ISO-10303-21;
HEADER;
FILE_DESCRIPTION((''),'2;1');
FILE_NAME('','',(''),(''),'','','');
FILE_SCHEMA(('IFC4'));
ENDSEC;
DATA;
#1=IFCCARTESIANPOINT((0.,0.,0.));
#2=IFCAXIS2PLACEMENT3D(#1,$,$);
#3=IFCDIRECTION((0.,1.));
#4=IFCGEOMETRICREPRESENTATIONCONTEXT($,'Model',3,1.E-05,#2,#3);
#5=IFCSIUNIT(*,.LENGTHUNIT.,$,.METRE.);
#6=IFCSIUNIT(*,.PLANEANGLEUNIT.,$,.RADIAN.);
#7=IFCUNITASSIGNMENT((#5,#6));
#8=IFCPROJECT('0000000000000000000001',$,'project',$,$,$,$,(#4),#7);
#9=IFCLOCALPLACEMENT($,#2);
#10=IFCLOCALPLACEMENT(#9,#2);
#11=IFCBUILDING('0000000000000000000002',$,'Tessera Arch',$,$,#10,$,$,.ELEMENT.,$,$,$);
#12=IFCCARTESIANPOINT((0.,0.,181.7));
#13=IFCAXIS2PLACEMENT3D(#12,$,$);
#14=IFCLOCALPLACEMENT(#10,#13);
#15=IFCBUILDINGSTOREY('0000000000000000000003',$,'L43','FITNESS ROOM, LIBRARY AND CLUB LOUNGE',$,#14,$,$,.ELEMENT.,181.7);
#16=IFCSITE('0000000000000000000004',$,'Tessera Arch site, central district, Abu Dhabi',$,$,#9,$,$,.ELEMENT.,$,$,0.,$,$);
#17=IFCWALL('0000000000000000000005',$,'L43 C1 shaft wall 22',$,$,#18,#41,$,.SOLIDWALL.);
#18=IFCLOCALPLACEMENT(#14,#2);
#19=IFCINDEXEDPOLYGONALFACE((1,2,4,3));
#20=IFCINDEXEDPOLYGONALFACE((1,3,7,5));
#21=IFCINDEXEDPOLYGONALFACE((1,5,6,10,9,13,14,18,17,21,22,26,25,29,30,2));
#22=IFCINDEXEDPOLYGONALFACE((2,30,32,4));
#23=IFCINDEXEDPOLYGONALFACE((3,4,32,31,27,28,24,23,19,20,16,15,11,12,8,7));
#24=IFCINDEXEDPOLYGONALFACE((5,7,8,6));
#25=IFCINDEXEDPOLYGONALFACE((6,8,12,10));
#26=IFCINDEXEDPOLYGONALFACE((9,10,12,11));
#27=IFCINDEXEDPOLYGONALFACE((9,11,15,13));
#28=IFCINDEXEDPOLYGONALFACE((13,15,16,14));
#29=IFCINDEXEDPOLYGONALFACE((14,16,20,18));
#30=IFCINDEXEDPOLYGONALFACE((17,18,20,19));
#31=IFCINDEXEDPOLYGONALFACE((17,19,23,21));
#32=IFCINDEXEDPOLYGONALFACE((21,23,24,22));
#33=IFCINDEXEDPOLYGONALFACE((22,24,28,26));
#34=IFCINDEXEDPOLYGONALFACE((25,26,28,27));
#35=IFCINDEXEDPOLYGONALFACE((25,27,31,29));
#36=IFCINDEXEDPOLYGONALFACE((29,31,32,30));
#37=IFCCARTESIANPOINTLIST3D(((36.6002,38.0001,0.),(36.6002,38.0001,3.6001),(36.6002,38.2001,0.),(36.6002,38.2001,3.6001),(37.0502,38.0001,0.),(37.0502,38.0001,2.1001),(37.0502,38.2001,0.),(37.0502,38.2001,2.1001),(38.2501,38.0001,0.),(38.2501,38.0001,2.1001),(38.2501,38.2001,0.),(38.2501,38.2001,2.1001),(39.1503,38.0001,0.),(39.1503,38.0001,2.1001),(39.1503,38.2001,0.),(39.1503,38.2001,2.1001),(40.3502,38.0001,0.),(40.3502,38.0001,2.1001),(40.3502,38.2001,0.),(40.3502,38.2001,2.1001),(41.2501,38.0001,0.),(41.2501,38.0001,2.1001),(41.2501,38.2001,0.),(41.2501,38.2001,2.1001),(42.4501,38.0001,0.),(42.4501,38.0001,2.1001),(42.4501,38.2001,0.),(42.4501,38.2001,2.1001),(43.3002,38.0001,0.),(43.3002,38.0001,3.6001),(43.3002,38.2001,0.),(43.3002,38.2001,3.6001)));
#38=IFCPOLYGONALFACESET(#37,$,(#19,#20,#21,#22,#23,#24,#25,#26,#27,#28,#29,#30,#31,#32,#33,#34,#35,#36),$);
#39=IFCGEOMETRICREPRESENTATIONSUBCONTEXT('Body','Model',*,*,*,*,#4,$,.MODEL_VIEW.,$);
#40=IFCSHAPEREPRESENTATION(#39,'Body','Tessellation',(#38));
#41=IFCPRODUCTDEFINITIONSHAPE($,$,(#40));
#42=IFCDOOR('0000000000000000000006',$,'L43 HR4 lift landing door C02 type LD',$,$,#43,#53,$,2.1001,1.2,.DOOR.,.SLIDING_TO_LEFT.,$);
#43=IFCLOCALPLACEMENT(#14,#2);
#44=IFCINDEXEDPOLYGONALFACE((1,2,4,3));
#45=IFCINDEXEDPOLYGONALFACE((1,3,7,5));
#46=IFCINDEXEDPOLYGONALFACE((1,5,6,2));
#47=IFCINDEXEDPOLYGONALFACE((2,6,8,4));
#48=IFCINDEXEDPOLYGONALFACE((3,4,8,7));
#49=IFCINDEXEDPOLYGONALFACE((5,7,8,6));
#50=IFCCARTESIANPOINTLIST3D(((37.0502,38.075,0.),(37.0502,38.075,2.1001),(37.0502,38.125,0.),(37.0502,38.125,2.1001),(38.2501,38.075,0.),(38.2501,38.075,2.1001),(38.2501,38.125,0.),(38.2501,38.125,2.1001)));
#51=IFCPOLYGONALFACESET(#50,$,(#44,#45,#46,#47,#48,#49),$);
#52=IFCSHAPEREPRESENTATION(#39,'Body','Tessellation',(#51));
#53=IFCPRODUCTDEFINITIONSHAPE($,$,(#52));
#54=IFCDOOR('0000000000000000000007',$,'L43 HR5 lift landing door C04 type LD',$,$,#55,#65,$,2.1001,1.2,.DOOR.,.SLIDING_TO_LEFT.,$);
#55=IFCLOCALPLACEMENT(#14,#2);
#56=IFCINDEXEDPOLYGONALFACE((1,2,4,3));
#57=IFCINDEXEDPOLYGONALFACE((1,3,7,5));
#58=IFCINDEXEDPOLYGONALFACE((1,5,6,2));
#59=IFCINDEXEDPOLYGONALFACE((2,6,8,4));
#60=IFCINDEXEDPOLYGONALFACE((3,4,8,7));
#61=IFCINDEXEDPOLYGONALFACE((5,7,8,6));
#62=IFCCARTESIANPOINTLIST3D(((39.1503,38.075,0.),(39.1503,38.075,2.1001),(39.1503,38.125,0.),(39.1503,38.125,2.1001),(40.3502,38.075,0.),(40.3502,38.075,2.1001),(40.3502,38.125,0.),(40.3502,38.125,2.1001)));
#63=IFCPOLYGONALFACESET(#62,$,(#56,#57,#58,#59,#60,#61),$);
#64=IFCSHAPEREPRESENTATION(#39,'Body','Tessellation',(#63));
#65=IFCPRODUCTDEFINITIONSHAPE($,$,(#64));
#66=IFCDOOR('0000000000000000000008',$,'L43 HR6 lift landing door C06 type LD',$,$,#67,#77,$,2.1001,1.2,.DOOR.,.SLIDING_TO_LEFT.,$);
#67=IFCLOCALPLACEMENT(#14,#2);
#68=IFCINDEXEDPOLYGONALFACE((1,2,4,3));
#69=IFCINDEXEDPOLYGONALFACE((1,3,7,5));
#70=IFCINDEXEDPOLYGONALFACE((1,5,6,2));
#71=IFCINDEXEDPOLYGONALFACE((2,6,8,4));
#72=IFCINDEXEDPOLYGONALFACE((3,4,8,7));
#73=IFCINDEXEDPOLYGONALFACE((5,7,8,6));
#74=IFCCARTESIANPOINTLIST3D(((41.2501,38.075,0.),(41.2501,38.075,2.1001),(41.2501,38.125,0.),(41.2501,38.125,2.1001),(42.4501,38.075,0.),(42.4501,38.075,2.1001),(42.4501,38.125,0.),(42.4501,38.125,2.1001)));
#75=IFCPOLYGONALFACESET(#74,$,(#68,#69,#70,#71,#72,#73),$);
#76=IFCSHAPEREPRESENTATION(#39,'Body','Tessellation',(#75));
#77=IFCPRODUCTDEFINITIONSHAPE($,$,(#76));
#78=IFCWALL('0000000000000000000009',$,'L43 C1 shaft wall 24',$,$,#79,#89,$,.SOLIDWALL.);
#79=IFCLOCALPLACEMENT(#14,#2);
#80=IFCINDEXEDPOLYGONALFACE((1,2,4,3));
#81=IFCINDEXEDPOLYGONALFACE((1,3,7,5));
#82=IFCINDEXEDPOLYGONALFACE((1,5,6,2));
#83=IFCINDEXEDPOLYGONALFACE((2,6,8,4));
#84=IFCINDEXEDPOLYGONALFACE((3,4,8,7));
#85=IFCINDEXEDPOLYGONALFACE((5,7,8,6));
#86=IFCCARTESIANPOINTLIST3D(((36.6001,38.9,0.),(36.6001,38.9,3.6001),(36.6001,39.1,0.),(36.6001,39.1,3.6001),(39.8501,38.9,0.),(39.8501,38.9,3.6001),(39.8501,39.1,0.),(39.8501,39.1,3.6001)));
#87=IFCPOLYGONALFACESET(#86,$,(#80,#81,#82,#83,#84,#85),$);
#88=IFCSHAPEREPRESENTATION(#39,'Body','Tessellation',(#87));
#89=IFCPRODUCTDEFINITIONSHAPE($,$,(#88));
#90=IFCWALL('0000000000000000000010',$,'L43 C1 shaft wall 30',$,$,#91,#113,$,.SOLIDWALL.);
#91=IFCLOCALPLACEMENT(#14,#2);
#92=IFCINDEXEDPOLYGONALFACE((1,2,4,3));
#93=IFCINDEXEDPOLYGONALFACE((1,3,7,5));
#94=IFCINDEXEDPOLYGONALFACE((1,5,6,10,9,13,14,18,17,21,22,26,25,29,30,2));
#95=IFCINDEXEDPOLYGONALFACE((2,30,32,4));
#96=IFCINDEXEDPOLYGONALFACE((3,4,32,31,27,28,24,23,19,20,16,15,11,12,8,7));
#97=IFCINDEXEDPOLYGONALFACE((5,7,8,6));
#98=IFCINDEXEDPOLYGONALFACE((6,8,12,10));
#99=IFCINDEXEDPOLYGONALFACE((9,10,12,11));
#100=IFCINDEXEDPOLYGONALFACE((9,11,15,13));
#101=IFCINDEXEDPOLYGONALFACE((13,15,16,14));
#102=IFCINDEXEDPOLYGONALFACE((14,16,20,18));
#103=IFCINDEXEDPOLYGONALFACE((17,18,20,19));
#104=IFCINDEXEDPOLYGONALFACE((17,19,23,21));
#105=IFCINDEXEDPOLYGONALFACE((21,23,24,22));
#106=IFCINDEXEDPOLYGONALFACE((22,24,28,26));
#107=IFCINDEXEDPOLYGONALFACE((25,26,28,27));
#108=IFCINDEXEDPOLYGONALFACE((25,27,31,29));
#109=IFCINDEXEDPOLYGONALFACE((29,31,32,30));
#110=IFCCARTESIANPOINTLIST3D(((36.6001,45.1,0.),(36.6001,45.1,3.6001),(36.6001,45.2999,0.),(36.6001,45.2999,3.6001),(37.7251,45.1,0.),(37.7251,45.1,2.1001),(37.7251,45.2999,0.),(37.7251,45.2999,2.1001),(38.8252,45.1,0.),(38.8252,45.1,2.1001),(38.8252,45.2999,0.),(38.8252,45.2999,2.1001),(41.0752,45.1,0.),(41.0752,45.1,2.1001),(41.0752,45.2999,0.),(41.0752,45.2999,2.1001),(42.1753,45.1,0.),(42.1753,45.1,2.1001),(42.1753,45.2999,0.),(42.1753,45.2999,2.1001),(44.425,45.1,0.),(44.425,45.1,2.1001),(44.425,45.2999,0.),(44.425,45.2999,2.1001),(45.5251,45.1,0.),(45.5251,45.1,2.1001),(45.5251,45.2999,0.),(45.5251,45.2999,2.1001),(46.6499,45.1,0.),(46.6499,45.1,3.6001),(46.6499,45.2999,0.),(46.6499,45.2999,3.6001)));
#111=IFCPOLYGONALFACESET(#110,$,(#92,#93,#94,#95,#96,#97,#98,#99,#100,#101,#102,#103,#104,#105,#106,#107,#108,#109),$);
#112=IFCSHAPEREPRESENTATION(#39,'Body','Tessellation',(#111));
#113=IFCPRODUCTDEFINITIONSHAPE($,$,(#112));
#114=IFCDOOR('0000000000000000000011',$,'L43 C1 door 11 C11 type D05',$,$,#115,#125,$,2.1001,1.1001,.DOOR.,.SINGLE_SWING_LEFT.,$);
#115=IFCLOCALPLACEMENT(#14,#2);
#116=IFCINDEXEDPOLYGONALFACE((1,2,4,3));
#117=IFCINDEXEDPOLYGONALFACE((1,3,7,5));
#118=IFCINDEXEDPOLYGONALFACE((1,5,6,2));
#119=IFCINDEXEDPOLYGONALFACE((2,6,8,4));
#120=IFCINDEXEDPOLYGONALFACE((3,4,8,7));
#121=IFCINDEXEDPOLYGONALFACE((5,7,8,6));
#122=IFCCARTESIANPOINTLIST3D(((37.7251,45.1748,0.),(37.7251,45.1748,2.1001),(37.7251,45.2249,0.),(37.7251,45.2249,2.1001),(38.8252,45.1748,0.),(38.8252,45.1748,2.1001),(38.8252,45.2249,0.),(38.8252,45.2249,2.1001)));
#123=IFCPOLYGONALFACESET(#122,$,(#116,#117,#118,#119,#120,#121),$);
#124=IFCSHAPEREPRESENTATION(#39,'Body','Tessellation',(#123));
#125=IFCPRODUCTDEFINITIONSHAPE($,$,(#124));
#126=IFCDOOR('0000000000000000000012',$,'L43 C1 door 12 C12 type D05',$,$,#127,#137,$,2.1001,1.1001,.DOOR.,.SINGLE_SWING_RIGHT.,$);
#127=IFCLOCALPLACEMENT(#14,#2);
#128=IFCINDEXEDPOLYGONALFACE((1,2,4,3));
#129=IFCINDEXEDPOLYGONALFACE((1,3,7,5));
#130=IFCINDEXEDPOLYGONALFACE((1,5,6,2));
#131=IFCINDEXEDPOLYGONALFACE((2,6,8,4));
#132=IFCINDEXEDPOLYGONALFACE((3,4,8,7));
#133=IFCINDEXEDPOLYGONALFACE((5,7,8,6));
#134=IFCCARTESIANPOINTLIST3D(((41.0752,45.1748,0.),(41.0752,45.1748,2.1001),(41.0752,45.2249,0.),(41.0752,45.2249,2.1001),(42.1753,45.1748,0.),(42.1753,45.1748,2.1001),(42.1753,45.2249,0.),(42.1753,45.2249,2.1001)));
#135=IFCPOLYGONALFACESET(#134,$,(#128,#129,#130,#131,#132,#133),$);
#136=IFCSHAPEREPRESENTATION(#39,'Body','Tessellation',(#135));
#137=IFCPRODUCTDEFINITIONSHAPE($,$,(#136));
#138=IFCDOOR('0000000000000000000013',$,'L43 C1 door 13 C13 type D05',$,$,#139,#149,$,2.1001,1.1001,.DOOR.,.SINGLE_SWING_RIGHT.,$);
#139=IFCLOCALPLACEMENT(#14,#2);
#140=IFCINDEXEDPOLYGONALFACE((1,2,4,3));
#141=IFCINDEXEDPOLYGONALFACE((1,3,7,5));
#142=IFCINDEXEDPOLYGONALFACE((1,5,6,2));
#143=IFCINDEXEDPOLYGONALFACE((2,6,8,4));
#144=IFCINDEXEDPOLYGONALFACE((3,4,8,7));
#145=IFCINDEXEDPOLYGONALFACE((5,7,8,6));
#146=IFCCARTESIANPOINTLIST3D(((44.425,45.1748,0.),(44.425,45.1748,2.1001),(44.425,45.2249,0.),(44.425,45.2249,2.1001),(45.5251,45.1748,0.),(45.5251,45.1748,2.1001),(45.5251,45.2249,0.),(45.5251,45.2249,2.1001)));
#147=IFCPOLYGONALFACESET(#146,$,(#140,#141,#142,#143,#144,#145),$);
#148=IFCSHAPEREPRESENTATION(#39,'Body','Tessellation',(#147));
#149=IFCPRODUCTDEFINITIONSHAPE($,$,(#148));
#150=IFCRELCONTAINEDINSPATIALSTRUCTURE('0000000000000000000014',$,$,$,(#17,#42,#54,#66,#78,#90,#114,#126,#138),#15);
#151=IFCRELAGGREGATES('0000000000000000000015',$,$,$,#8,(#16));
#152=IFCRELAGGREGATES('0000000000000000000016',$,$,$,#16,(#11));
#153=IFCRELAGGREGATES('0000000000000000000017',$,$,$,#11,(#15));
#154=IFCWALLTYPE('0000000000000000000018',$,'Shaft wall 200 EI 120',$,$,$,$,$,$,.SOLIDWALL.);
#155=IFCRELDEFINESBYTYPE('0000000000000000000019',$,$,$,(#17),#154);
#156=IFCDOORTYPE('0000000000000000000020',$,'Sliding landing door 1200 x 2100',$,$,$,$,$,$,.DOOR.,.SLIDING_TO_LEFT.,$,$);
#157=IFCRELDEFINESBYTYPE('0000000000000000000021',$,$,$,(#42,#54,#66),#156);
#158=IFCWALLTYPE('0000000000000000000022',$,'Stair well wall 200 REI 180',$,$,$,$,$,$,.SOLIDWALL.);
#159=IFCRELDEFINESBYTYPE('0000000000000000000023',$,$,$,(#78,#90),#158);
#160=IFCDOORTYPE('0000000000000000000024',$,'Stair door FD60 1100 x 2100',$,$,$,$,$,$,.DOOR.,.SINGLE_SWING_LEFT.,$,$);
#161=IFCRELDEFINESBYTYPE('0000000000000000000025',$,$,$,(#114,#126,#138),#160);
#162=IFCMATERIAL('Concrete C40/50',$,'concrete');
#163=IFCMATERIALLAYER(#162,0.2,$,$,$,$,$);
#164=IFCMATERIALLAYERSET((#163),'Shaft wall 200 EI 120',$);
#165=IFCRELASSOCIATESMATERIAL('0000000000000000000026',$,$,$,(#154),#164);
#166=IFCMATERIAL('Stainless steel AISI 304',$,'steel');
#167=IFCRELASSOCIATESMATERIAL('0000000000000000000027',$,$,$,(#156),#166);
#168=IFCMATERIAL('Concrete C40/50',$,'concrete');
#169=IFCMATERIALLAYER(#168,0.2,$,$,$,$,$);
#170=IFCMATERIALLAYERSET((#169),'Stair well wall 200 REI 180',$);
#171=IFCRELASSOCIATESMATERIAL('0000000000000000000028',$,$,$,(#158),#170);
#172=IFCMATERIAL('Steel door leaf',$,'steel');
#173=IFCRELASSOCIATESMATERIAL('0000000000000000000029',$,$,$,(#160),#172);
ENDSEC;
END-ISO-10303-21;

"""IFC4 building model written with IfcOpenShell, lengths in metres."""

from ifc_helpers import new_model, si_unit, direction, frame, frame_2d, origin, place, context, subcontext, project, spatial, rectangle, extrude, material, layer, layer_set, type_object, element, fill, save


model = new_model("IFC4")

# Units and contexts
model_context = context("Model", 3, precision=1e-05, world=origin(), true_north=direction((0.0, 1.0)))
body_context = subcontext(model_context, "Body", "Model", "MODEL_VIEW")
ifc_project = project(units=[si_unit("LENGTHUNIT", "METRE"), si_unit("PLANEANGLEUNIT", "RADIAN")], contexts=[model_context])

# Site, building, storey
site_placement = place(None, origin())
site = spatial("IfcSite", under=ifc_project, at=site_placement, Name="Tessera Arch site, central district, Abu Dhabi", CompositionType="ELEMENT", RefElevation=0.0)
building_placement = place(site_placement, origin())
building = spatial("IfcBuilding", under=site, at=building_placement, Name="Tessera Arch", CompositionType="ELEMENT")
storey_placement = place(building_placement, frame((0.0, 0.0, 181.7)))
storey = spatial("IfcBuildingStorey", under=building, at=storey_placement, Name="L43", Description="FITNESS ROOM, LIBRARY AND CLUB LOUNGE", CompositionType="ELEMENT", Elevation=181.7)

# Wall, openings, doors
ifc_material_1 = material(Name="Concrete C40/50", Category="concrete")
ifc_layer_1 = layer(ifc_material_1, 0.2)
ifc_layer_set_1 = layer_set([ifc_layer_1], Name="Shaft wall 200 EI 120")
wall_type_1 = type_object("IfcWallType", Name="Shaft wall 200 EI 120", PredefinedType="SOLIDWALL", material=ifc_layer_set_1)
wall_1_placement = place(storey_placement, frame((36.6001, 38.1001, 0.0), z_axis=(0.0, 0.0, 1.0), x_axis=(1.0, 0.0, 0.0)))
wall_1 = element("IfcWall", 1, at=wall_1_placement, inside=storey, type_object=wall_type_1, Name="L43 C1 shaft wall 22", PredefinedType="SOLIDWALL", context=body_context, shape_type="SweptSolid", body=[
    extrude(rectangle(XDim=6.7, YDim=0.2, at=frame_2d((3.3501, 0.0))), origin(), (0.0, 0.0, 1.0), 3.6001),
])
opening_1_placement = place(wall_1_placement, frame((0.45, 0.0, 0.0)))
opening_1 = element("IfcOpeningElement", 2, at=opening_1_placement, cuts=wall_1, PredefinedType="OPENING", context=body_context, shape_type="SweptSolid", body=[
    extrude(rectangle(XDim=1.2, YDim=2.1001, at=frame_2d((0.6001, 1.05))), frame((0.0, 0.1099, 0.0), z_axis=(0.0, -1.0, 0.0), x_axis=(1.0, 0.0, 0.0)), (0.0, 0.0, 1.0), 0.22),
])
opening_2_placement = place(wall_1_placement, frame((2.55, 0.0, 0.0)))
opening_2 = element("IfcOpeningElement", 3, at=opening_2_placement, cuts=wall_1, PredefinedType="OPENING", context=body_context, shape_type="SweptSolid", body=[
    extrude(rectangle(XDim=1.2, YDim=2.1001, at=frame_2d((0.6001, 1.05))), frame((0.0, 0.1099, 0.0), z_axis=(0.0, -1.0, 0.0), x_axis=(1.0, 0.0, 0.0)), (0.0, 0.0, 1.0), 0.22),
])
opening_3_placement = place(wall_1_placement, frame((4.6499, 0.0, 0.0)))
opening_3 = element("IfcOpeningElement", 4, at=opening_3_placement, cuts=wall_1, PredefinedType="OPENING", context=body_context, shape_type="SweptSolid", body=[
    extrude(rectangle(XDim=1.2, YDim=2.1001, at=frame_2d((0.6001, 1.05))), frame((0.0, 0.1099, 0.0), z_axis=(0.0, -1.0, 0.0), x_axis=(1.0, 0.0, 0.0)), (0.0, 0.0, 1.0), 0.22),
])
ifc_material_2 = material(Name="Stainless steel AISI 304", Category="steel")
door_type_1 = type_object("IfcDoorType", Name="Sliding landing door 1200 x 2100", OperationType="SLIDING_TO_LEFT", PredefinedType="DOOR", material=ifc_material_2)
door_1_placement = place(opening_1_placement, origin())
door_1 = element("IfcDoor", 5, at=door_1_placement, inside=storey, type_object=door_type_1, Name="L43 HR4 lift landing door C02 type LD", OperationType="SLIDING_TO_LEFT", OverallHeight=2.1001, OverallWidth=1.2, PredefinedType="DOOR", context=body_context, shape_type="SweptSolid", body=[
    extrude(rectangle(XDim=1.2, YDim=2.1001, at=frame_2d((0.6001, 1.05))), frame((0.0, 0.0249, 0.0), z_axis=(0.0, -1.0, 0.0), x_axis=(1.0, 0.0, 0.0)), (0.0, 0.0, 1.0), 0.05),
])
fill(opening_1, door_1)
door_2_placement = place(opening_2_placement, origin())
door_2 = element("IfcDoor", 6, at=door_2_placement, inside=storey, type_object=door_type_1, Name="L43 HR5 lift landing door C04 type LD", OperationType="SLIDING_TO_LEFT", OverallHeight=2.1001, OverallWidth=1.2, PredefinedType="DOOR", context=body_context, shape_type="SweptSolid", body=[
    extrude(rectangle(XDim=1.2, YDim=2.1001, at=frame_2d((0.6001, 1.05))), frame((0.0, 0.0249, 0.0), z_axis=(0.0, -1.0, 0.0), x_axis=(1.0, 0.0, 0.0)), (0.0, 0.0, 1.0), 0.05),
])
fill(opening_2, door_2)
door_3_placement = place(opening_3_placement, origin())
door_3 = element("IfcDoor", 7, at=door_3_placement, inside=storey, type_object=door_type_1, Name="L43 HR6 lift landing door C06 type LD", OperationType="SLIDING_TO_LEFT", OverallHeight=2.1001, OverallWidth=1.2, PredefinedType="DOOR", context=body_context, shape_type="SweptSolid", body=[
    extrude(rectangle(XDim=1.2, YDim=2.1001, at=frame_2d((0.6001, 1.05))), frame((0.0, 0.0249, 0.0), z_axis=(0.0, -1.0, 0.0), x_axis=(1.0, 0.0, 0.0)), (0.0, 0.0, 1.0), 0.05),
])
fill(opening_3, door_3)

# Wall
ifc_material_3 = material(Name="Concrete C40/50", Category="concrete")
ifc_layer_2 = layer(ifc_material_3, 0.2)
ifc_layer_set_2 = layer_set([ifc_layer_2], Name="Stair well wall 200 REI 180")
wall_type_2 = type_object("IfcWallType", Name="Stair well wall 200 REI 180", PredefinedType="SOLIDWALL", material=ifc_layer_set_2)
wall_2_placement = place(storey_placement, frame((36.6001, 39.0, 0.0), z_axis=(0.0, 0.0, 1.0), x_axis=(1.0, 0.0, 0.0)))
element("IfcWall", 8, at=wall_2_placement, inside=storey, type_object=wall_type_2, Name="L43 C1 shaft wall 24", PredefinedType="SOLIDWALL", context=body_context, shape_type="SweptSolid", body=[
    extrude(rectangle(XDim=3.25, YDim=0.2, at=frame_2d((1.625, 0.0))), origin(), (0.0, 0.0, 1.0), 3.6001),
])

# Wall, openings, doors
wall_3_placement = place(storey_placement, frame((36.6001, 45.2, 0.0), z_axis=(0.0, 0.0, 1.0), x_axis=(1.0, 0.0, 0.0)))
wall_3 = element("IfcWall", 9, at=wall_3_placement, inside=storey, type_object=wall_type_2, Name="L43 C1 shaft wall 30", PredefinedType="SOLIDWALL", context=body_context, shape_type="SweptSolid", body=[
    extrude(rectangle(XDim=10.0498, YDim=0.2, at=frame_2d((5.0249, 0.0))), origin(), (0.0, 0.0, 1.0), 3.6001),
])
opening_4_placement = place(wall_3_placement, frame((1.125, 0.0, 0.0)))
opening_4 = element("IfcOpeningElement", 10, at=opening_4_placement, cuts=wall_3, PredefinedType="OPENING", context=body_context, shape_type="SweptSolid", body=[
    extrude(rectangle(XDim=1.1001, YDim=2.1001, at=frame_2d((0.55, 1.05))), frame((0.0, 0.1099, 0.0), z_axis=(0.0, -1.0, 0.0), x_axis=(1.0, 0.0, 0.0)), (0.0, 0.0, 1.0), 0.22),
])
opening_5_placement = place(wall_3_placement, frame((4.4751, 0.0, 0.0)))
opening_5 = element("IfcOpeningElement", 11, at=opening_5_placement, cuts=wall_3, PredefinedType="OPENING", context=body_context, shape_type="SweptSolid", body=[
    extrude(rectangle(XDim=1.1001, YDim=2.1001, at=frame_2d((0.55, 1.05))), frame((0.0, 0.1099, 0.0), z_axis=(0.0, -1.0, 0.0), x_axis=(1.0, 0.0, 0.0)), (0.0, 0.0, 1.0), 0.22),
])
opening_6_placement = place(wall_3_placement, frame((7.825, 0.0, 0.0)))
opening_6 = element("IfcOpeningElement", 12, at=opening_6_placement, cuts=wall_3, PredefinedType="OPENING", context=body_context, shape_type="SweptSolid", body=[
    extrude(rectangle(XDim=1.1001, YDim=2.1001, at=frame_2d((0.55, 1.05))), frame((0.0, 0.1099, 0.0), z_axis=(0.0, -1.0, 0.0), x_axis=(1.0, 0.0, 0.0)), (0.0, 0.0, 1.0), 0.22),
])
ifc_material_4 = material(Name="Steel door leaf", Category="steel")
door_type_2 = type_object("IfcDoorType", Name="Stair door FD60 1100 x 2100", OperationType="SINGLE_SWING_LEFT", PredefinedType="DOOR", material=ifc_material_4)
door_4_placement = place(opening_4_placement, origin())
door_4 = element("IfcDoor", 13, at=door_4_placement, inside=storey, type_object=door_type_2, Name="L43 C1 door 11 C11 type D05", OperationType="SINGLE_SWING_LEFT", OverallHeight=2.1001, OverallWidth=1.1001, PredefinedType="DOOR", context=body_context, shape_type="SweptSolid", body=[
    extrude(rectangle(XDim=1.1001, YDim=2.1001, at=frame_2d((0.55, 1.05))), frame((0.0, 0.0249, 0.0), z_axis=(0.0, -1.0, 0.0), x_axis=(1.0, 0.0, 0.0)), (0.0, 0.0, 1.0), 0.05),
])
fill(opening_4, door_4)
door_5_placement = place(opening_5_placement, origin())
door_5 = element("IfcDoor", 14, at=door_5_placement, inside=storey, type_object=door_type_2, Name="L43 C1 door 12 C12 type D05", OperationType="SINGLE_SWING_RIGHT", OverallHeight=2.1001, OverallWidth=1.1001, PredefinedType="DOOR", context=body_context, shape_type="SweptSolid", body=[
    extrude(rectangle(XDim=1.1001, YDim=2.1001, at=frame_2d((0.55, 1.05))), frame((0.0, 0.0249, 0.0), z_axis=(0.0, -1.0, 0.0), x_axis=(1.0, 0.0, 0.0)), (0.0, 0.0, 1.0), 0.05),
])
fill(opening_5, door_5)
door_6_placement = place(opening_6_placement, origin())
door_6 = element("IfcDoor", 15, at=door_6_placement, inside=storey, type_object=door_type_2, Name="L43 C1 door 13 C13 type D05", OperationType="SINGLE_SWING_RIGHT", OverallHeight=2.1001, OverallWidth=1.1001, PredefinedType="DOOR", context=body_context, shape_type="SweptSolid", body=[
    extrude(rectangle(XDim=1.1001, YDim=2.1001, at=frame_2d((0.55, 1.05))), frame((0.0, 0.0249, 0.0), z_axis=(0.0, -1.0, 0.0), x_axis=(1.0, 0.0, 0.0)), (0.0, 0.0, 1.0), 0.05),
])
fill(opening_6, door_6)

save(model, "model.ifc")
